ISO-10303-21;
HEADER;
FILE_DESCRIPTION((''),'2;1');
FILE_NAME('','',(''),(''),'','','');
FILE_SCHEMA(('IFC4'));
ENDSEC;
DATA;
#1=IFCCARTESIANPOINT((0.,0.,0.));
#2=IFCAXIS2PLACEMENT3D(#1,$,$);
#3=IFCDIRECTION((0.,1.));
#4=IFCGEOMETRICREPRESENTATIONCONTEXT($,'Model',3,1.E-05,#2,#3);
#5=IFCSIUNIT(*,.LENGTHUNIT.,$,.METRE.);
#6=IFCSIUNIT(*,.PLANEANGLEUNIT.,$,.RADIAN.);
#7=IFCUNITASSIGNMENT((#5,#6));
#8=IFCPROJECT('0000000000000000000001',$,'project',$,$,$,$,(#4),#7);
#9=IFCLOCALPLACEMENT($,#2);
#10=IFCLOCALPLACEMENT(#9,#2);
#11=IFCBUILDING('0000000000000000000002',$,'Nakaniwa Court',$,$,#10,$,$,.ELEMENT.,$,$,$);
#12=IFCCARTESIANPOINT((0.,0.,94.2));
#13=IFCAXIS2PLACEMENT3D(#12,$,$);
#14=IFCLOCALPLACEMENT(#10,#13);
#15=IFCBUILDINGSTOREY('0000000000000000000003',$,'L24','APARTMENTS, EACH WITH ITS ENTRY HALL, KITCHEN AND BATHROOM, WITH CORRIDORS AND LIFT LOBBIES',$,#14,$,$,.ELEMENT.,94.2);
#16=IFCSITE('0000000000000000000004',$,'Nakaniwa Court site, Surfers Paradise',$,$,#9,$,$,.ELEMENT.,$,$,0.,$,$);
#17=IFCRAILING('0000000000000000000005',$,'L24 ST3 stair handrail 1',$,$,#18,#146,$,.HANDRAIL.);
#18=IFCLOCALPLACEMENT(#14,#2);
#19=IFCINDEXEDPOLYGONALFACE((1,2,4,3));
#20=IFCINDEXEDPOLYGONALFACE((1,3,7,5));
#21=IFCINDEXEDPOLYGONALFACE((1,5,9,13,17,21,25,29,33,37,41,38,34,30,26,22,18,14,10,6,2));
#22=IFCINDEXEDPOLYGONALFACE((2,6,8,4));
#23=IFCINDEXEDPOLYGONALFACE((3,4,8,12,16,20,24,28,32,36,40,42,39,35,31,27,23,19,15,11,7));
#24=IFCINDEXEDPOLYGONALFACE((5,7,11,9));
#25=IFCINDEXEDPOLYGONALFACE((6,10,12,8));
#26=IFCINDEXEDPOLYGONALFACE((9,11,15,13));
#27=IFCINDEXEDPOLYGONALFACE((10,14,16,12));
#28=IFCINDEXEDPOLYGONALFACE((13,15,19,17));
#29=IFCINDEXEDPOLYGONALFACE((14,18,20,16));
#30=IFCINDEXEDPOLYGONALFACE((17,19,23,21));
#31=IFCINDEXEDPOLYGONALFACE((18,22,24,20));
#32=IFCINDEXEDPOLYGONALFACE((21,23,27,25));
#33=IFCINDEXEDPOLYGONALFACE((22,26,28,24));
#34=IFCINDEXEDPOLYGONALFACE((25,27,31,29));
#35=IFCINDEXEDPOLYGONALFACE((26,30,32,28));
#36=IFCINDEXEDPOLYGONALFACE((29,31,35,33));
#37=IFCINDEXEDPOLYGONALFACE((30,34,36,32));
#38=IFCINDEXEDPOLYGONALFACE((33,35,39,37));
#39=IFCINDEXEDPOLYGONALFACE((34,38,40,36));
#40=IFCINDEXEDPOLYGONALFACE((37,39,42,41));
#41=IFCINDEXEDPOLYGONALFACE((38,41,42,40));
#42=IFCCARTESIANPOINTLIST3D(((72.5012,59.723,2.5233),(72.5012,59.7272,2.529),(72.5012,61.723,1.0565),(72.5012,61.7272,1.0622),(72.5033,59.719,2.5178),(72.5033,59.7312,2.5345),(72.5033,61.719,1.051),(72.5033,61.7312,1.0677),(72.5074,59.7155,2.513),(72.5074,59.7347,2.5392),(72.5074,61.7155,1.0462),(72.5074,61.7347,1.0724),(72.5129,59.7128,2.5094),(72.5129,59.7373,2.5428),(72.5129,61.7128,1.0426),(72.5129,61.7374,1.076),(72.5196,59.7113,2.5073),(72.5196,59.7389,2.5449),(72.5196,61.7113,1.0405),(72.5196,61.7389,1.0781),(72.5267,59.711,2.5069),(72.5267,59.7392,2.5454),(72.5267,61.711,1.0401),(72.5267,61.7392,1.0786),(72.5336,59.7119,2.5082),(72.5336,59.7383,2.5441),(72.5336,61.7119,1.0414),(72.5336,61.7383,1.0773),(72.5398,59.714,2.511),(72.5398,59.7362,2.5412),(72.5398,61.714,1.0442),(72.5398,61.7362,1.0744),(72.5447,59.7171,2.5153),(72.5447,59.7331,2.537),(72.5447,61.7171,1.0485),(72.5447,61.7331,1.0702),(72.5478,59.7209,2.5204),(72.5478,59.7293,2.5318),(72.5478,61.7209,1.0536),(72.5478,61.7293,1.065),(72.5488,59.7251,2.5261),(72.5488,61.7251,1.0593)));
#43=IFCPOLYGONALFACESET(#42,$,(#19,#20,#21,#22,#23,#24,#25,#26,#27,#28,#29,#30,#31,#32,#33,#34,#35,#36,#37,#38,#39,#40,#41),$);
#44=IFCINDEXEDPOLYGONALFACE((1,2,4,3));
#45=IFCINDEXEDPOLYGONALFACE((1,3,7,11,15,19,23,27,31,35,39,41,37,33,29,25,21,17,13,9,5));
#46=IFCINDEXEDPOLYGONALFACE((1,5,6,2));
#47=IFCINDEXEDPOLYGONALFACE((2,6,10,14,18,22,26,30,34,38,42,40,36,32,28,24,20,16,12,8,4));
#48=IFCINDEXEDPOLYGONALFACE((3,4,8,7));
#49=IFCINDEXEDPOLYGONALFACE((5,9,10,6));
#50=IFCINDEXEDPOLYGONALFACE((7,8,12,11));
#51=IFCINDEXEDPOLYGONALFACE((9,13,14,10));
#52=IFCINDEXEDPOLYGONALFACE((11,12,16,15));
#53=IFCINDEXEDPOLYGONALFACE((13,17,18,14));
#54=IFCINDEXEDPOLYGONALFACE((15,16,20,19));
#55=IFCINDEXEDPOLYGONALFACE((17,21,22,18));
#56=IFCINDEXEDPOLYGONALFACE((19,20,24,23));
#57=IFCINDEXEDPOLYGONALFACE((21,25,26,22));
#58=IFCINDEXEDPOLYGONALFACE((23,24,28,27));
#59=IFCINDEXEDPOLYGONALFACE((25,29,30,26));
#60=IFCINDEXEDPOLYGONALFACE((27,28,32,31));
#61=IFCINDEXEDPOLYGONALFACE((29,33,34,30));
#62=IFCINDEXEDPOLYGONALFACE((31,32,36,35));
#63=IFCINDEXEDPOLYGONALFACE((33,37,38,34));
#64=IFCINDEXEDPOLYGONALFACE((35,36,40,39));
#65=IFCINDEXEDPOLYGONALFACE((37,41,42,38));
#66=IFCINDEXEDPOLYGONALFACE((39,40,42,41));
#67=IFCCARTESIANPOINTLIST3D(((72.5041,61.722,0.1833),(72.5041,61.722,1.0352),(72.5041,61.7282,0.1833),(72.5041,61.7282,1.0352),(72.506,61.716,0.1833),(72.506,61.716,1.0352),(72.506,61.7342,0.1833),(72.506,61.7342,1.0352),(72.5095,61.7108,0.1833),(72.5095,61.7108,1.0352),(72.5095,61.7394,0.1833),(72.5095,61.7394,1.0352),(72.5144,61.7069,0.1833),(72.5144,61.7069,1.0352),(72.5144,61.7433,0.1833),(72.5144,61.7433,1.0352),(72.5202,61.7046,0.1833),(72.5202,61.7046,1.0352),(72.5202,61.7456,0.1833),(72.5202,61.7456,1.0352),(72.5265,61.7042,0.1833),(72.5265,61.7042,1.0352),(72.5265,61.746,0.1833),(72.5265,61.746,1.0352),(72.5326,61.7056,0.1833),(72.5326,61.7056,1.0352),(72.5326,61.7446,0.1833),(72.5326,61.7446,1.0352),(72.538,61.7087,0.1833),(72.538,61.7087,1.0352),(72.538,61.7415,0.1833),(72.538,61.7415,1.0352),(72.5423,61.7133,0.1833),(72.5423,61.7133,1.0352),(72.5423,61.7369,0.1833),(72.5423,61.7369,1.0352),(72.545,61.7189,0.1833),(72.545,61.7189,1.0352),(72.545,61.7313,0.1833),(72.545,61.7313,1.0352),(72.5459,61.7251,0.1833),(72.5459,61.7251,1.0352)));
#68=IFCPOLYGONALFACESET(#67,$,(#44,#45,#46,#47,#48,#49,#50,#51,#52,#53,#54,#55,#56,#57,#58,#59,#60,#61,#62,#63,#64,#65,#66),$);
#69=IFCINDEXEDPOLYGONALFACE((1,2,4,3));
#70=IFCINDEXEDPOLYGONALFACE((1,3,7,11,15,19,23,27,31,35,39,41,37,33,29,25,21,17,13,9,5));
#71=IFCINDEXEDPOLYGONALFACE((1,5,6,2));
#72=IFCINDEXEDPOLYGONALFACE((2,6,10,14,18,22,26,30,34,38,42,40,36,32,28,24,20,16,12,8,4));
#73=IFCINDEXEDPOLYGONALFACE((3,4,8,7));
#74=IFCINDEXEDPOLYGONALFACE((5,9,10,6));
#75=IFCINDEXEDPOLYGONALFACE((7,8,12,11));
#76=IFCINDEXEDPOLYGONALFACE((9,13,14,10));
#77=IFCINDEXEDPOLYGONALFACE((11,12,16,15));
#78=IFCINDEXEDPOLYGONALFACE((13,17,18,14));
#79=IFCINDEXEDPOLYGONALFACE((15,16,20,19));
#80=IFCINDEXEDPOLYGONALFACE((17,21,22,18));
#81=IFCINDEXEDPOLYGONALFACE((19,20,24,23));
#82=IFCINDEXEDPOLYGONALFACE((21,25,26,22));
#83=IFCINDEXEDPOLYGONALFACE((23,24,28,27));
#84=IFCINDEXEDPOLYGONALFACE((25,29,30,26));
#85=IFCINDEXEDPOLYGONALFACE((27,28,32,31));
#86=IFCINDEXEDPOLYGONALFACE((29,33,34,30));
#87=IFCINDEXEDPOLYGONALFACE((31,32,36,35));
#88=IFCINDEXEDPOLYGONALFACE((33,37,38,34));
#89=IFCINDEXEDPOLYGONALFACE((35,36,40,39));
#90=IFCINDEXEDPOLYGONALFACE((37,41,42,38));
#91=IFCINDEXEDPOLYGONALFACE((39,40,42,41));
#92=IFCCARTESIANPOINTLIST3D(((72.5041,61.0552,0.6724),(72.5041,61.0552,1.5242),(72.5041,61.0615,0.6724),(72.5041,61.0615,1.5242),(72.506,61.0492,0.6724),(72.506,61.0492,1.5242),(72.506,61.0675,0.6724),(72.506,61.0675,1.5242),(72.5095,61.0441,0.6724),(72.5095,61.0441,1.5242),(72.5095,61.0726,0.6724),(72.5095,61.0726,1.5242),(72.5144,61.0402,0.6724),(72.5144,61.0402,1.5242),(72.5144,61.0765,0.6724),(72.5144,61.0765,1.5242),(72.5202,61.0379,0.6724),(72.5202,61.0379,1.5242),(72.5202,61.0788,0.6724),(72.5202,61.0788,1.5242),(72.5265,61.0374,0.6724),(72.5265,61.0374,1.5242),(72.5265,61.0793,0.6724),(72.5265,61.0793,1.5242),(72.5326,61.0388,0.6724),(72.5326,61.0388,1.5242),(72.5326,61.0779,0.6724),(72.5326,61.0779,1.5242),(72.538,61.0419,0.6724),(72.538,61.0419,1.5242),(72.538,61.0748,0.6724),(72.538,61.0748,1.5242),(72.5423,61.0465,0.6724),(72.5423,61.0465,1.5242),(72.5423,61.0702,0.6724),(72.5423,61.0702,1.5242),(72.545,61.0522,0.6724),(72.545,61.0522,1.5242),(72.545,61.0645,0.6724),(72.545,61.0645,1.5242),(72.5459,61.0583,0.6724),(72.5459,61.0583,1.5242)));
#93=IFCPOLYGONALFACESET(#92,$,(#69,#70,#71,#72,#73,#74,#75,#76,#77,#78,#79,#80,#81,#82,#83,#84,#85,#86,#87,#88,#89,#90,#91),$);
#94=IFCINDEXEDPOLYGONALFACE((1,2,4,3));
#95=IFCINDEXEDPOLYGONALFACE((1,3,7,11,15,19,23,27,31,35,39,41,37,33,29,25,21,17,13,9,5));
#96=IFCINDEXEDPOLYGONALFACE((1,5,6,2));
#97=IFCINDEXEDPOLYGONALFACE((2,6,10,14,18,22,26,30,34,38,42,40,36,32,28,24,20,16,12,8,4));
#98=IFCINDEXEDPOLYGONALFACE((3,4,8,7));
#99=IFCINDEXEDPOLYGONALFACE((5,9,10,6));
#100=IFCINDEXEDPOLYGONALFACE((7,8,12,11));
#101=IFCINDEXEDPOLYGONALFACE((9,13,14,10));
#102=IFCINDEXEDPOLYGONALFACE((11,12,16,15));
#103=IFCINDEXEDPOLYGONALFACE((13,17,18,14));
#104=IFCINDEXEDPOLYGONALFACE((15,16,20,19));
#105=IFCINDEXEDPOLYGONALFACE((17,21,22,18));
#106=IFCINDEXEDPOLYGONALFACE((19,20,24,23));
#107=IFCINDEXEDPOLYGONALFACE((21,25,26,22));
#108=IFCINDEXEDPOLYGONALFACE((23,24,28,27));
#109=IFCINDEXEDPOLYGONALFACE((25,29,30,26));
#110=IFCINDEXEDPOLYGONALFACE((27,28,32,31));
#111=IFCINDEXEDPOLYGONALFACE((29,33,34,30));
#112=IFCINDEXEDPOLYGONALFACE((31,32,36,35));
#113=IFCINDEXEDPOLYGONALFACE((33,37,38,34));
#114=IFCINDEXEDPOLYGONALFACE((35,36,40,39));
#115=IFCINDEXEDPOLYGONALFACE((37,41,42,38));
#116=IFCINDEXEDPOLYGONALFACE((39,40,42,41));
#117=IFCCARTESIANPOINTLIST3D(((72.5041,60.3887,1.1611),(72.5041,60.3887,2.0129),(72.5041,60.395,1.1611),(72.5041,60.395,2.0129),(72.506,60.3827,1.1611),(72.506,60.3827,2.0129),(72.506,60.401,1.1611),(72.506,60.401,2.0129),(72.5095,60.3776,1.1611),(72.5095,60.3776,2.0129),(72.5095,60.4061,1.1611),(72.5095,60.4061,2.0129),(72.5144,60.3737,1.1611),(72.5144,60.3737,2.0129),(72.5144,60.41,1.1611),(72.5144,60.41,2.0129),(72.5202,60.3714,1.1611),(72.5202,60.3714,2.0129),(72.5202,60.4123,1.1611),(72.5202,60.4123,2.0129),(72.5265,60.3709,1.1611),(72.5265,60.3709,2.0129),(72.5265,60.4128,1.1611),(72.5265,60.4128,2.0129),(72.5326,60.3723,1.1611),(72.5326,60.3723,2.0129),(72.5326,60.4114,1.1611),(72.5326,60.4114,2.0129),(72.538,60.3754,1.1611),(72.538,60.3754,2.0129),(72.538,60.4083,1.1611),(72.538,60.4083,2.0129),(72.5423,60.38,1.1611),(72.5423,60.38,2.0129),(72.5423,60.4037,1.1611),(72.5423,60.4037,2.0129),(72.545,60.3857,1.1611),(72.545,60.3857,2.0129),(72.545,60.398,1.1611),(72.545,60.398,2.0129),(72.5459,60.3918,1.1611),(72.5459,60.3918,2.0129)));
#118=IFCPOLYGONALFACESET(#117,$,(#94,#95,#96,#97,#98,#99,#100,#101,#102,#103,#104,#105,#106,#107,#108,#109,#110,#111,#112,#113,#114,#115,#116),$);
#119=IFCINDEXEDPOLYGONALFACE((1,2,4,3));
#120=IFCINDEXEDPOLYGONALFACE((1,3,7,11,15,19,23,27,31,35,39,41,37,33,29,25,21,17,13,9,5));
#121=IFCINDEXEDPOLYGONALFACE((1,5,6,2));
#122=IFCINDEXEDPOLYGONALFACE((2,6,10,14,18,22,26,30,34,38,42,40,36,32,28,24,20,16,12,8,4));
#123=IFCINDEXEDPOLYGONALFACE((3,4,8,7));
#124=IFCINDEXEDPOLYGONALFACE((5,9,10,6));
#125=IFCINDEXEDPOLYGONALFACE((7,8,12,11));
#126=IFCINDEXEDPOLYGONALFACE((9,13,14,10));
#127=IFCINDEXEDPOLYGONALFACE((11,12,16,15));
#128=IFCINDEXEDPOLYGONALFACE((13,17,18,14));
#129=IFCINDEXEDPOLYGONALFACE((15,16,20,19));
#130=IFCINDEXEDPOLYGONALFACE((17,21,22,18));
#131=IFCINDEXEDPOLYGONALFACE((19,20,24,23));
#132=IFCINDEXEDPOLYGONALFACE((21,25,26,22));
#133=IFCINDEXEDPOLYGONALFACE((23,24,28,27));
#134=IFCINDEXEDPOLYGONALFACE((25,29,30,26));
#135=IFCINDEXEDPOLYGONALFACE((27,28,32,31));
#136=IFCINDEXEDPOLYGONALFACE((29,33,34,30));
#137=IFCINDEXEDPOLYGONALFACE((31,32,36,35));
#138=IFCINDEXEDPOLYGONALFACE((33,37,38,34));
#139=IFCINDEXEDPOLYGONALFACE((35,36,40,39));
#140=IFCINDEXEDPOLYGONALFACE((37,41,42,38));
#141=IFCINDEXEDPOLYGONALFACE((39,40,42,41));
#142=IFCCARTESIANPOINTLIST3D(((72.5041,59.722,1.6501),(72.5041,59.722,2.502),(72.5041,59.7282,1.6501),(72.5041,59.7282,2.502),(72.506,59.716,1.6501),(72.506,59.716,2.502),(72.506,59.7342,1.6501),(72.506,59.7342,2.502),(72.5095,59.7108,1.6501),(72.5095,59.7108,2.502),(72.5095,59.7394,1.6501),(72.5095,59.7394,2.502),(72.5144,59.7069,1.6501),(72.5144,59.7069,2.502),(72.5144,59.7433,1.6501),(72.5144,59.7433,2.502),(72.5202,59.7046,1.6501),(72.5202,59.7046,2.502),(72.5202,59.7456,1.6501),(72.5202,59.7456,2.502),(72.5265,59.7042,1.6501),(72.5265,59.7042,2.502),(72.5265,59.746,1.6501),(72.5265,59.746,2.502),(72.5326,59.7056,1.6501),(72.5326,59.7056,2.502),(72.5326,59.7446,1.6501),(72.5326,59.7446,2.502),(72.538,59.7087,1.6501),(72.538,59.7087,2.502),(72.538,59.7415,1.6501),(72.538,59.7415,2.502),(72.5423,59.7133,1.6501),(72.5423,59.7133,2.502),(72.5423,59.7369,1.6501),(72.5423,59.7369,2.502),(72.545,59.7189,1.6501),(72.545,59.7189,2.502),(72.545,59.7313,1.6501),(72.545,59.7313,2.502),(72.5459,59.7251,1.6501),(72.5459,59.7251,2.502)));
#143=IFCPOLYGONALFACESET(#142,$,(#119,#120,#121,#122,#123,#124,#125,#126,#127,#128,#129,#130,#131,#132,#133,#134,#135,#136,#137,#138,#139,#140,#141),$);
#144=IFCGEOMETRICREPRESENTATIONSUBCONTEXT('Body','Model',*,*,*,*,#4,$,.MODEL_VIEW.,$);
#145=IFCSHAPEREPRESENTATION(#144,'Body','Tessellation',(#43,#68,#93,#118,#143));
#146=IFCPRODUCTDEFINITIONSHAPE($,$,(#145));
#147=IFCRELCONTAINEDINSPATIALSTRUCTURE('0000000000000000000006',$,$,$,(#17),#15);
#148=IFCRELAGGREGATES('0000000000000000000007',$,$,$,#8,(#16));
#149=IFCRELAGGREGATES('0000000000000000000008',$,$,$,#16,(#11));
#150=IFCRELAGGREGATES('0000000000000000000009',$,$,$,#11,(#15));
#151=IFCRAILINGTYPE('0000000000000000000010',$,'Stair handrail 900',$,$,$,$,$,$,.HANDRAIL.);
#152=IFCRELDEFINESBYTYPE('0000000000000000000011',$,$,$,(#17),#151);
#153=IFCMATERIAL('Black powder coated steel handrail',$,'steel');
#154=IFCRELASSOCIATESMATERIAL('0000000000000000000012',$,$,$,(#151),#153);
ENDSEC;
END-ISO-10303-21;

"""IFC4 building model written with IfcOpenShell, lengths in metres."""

from ifc_helpers import new_model, si_unit, direction, frame, origin, origin_2d, place, context, subcontext, project, spatial, circle, extrude, material, type_object, element, save


model = new_model("IFC4")

# Units and contexts
model_context = context("Model", 3, precision=1e-05, world=origin(), true_north=direction((0.0, 1.0)))
body_context = subcontext(model_context, "Body", "Model", "MODEL_VIEW")
ifc_project = project(units=[si_unit("LENGTHUNIT", "METRE"), si_unit("PLANEANGLEUNIT", "RADIAN")], contexts=[model_context])

# Site, building, storey
site_placement = place(None, origin())
site = spatial("IfcSite", under=ifc_project, at=site_placement, Name="Nakaniwa Court site, Surfers Paradise", CompositionType="ELEMENT", RefElevation=0.0)
building_placement = place(site_placement, origin())
building = spatial("IfcBuilding", under=site, at=building_placement, Name="Nakaniwa Court", CompositionType="ELEMENT")
storey_placement = place(building_placement, frame((0.0, 0.0, 94.2)))
storey = spatial("IfcBuildingStorey", under=building, at=storey_placement, Name="L24", Description="APARTMENTS, EACH WITH ITS ENTRY HALL, KITCHEN AND BATHROOM, WITH CORRIDORS AND LIFT LOBBIES", CompositionType="ELEMENT", Elevation=94.2)

# Railing
ifc_material_1 = material(Name="Black powder coated steel handrail", Category="steel")
railing_type_1 = type_object("IfcRailingType", Name="Stair handrail 900", PredefinedType="HANDRAIL", material=ifc_material_1)
railing_1_placement = place(storey_placement, frame((72.5249, 61.7251, 0.1833)))
element("IfcRailing", 1, at=railing_1_placement, inside=storey, type_object=railing_type_1, Name="L24 ST3 stair handrail 1", PredefinedType="HANDRAIL", context=body_context, shape_type="SweptSolid", body=[
    extrude(circle(Radius=0.0239, at=origin_2d()), frame((0.0, 0.0, 0.876), z_axis=(0.0, -0.80638, 0.591398), x_axis=(1.0, 0.0, 0.0)), (0.0, 0.0, 1.0), 2.4802),
    extrude(circle(Radius=0.021, at=origin_2d()), origin(), (0.0, 0.0, 1.0), 0.8518),
    extrude(circle(Radius=0.021, at=origin_2d()), frame((0.0, -0.6667, 0.489)), (0.0, 0.0, 1.0), 0.8518),
    extrude(circle(Radius=0.021, at=origin_2d()), frame((0.0, -1.3333, 0.9778)), (0.0, 0.0, 1.0), 0.8518),
    extrude(circle(Radius=0.021, at=origin_2d()), frame((0.0, -2.0, 1.4668)), (0.0, 0.0, 1.0), 0.8518),
])

save(model, "model.ifc")
